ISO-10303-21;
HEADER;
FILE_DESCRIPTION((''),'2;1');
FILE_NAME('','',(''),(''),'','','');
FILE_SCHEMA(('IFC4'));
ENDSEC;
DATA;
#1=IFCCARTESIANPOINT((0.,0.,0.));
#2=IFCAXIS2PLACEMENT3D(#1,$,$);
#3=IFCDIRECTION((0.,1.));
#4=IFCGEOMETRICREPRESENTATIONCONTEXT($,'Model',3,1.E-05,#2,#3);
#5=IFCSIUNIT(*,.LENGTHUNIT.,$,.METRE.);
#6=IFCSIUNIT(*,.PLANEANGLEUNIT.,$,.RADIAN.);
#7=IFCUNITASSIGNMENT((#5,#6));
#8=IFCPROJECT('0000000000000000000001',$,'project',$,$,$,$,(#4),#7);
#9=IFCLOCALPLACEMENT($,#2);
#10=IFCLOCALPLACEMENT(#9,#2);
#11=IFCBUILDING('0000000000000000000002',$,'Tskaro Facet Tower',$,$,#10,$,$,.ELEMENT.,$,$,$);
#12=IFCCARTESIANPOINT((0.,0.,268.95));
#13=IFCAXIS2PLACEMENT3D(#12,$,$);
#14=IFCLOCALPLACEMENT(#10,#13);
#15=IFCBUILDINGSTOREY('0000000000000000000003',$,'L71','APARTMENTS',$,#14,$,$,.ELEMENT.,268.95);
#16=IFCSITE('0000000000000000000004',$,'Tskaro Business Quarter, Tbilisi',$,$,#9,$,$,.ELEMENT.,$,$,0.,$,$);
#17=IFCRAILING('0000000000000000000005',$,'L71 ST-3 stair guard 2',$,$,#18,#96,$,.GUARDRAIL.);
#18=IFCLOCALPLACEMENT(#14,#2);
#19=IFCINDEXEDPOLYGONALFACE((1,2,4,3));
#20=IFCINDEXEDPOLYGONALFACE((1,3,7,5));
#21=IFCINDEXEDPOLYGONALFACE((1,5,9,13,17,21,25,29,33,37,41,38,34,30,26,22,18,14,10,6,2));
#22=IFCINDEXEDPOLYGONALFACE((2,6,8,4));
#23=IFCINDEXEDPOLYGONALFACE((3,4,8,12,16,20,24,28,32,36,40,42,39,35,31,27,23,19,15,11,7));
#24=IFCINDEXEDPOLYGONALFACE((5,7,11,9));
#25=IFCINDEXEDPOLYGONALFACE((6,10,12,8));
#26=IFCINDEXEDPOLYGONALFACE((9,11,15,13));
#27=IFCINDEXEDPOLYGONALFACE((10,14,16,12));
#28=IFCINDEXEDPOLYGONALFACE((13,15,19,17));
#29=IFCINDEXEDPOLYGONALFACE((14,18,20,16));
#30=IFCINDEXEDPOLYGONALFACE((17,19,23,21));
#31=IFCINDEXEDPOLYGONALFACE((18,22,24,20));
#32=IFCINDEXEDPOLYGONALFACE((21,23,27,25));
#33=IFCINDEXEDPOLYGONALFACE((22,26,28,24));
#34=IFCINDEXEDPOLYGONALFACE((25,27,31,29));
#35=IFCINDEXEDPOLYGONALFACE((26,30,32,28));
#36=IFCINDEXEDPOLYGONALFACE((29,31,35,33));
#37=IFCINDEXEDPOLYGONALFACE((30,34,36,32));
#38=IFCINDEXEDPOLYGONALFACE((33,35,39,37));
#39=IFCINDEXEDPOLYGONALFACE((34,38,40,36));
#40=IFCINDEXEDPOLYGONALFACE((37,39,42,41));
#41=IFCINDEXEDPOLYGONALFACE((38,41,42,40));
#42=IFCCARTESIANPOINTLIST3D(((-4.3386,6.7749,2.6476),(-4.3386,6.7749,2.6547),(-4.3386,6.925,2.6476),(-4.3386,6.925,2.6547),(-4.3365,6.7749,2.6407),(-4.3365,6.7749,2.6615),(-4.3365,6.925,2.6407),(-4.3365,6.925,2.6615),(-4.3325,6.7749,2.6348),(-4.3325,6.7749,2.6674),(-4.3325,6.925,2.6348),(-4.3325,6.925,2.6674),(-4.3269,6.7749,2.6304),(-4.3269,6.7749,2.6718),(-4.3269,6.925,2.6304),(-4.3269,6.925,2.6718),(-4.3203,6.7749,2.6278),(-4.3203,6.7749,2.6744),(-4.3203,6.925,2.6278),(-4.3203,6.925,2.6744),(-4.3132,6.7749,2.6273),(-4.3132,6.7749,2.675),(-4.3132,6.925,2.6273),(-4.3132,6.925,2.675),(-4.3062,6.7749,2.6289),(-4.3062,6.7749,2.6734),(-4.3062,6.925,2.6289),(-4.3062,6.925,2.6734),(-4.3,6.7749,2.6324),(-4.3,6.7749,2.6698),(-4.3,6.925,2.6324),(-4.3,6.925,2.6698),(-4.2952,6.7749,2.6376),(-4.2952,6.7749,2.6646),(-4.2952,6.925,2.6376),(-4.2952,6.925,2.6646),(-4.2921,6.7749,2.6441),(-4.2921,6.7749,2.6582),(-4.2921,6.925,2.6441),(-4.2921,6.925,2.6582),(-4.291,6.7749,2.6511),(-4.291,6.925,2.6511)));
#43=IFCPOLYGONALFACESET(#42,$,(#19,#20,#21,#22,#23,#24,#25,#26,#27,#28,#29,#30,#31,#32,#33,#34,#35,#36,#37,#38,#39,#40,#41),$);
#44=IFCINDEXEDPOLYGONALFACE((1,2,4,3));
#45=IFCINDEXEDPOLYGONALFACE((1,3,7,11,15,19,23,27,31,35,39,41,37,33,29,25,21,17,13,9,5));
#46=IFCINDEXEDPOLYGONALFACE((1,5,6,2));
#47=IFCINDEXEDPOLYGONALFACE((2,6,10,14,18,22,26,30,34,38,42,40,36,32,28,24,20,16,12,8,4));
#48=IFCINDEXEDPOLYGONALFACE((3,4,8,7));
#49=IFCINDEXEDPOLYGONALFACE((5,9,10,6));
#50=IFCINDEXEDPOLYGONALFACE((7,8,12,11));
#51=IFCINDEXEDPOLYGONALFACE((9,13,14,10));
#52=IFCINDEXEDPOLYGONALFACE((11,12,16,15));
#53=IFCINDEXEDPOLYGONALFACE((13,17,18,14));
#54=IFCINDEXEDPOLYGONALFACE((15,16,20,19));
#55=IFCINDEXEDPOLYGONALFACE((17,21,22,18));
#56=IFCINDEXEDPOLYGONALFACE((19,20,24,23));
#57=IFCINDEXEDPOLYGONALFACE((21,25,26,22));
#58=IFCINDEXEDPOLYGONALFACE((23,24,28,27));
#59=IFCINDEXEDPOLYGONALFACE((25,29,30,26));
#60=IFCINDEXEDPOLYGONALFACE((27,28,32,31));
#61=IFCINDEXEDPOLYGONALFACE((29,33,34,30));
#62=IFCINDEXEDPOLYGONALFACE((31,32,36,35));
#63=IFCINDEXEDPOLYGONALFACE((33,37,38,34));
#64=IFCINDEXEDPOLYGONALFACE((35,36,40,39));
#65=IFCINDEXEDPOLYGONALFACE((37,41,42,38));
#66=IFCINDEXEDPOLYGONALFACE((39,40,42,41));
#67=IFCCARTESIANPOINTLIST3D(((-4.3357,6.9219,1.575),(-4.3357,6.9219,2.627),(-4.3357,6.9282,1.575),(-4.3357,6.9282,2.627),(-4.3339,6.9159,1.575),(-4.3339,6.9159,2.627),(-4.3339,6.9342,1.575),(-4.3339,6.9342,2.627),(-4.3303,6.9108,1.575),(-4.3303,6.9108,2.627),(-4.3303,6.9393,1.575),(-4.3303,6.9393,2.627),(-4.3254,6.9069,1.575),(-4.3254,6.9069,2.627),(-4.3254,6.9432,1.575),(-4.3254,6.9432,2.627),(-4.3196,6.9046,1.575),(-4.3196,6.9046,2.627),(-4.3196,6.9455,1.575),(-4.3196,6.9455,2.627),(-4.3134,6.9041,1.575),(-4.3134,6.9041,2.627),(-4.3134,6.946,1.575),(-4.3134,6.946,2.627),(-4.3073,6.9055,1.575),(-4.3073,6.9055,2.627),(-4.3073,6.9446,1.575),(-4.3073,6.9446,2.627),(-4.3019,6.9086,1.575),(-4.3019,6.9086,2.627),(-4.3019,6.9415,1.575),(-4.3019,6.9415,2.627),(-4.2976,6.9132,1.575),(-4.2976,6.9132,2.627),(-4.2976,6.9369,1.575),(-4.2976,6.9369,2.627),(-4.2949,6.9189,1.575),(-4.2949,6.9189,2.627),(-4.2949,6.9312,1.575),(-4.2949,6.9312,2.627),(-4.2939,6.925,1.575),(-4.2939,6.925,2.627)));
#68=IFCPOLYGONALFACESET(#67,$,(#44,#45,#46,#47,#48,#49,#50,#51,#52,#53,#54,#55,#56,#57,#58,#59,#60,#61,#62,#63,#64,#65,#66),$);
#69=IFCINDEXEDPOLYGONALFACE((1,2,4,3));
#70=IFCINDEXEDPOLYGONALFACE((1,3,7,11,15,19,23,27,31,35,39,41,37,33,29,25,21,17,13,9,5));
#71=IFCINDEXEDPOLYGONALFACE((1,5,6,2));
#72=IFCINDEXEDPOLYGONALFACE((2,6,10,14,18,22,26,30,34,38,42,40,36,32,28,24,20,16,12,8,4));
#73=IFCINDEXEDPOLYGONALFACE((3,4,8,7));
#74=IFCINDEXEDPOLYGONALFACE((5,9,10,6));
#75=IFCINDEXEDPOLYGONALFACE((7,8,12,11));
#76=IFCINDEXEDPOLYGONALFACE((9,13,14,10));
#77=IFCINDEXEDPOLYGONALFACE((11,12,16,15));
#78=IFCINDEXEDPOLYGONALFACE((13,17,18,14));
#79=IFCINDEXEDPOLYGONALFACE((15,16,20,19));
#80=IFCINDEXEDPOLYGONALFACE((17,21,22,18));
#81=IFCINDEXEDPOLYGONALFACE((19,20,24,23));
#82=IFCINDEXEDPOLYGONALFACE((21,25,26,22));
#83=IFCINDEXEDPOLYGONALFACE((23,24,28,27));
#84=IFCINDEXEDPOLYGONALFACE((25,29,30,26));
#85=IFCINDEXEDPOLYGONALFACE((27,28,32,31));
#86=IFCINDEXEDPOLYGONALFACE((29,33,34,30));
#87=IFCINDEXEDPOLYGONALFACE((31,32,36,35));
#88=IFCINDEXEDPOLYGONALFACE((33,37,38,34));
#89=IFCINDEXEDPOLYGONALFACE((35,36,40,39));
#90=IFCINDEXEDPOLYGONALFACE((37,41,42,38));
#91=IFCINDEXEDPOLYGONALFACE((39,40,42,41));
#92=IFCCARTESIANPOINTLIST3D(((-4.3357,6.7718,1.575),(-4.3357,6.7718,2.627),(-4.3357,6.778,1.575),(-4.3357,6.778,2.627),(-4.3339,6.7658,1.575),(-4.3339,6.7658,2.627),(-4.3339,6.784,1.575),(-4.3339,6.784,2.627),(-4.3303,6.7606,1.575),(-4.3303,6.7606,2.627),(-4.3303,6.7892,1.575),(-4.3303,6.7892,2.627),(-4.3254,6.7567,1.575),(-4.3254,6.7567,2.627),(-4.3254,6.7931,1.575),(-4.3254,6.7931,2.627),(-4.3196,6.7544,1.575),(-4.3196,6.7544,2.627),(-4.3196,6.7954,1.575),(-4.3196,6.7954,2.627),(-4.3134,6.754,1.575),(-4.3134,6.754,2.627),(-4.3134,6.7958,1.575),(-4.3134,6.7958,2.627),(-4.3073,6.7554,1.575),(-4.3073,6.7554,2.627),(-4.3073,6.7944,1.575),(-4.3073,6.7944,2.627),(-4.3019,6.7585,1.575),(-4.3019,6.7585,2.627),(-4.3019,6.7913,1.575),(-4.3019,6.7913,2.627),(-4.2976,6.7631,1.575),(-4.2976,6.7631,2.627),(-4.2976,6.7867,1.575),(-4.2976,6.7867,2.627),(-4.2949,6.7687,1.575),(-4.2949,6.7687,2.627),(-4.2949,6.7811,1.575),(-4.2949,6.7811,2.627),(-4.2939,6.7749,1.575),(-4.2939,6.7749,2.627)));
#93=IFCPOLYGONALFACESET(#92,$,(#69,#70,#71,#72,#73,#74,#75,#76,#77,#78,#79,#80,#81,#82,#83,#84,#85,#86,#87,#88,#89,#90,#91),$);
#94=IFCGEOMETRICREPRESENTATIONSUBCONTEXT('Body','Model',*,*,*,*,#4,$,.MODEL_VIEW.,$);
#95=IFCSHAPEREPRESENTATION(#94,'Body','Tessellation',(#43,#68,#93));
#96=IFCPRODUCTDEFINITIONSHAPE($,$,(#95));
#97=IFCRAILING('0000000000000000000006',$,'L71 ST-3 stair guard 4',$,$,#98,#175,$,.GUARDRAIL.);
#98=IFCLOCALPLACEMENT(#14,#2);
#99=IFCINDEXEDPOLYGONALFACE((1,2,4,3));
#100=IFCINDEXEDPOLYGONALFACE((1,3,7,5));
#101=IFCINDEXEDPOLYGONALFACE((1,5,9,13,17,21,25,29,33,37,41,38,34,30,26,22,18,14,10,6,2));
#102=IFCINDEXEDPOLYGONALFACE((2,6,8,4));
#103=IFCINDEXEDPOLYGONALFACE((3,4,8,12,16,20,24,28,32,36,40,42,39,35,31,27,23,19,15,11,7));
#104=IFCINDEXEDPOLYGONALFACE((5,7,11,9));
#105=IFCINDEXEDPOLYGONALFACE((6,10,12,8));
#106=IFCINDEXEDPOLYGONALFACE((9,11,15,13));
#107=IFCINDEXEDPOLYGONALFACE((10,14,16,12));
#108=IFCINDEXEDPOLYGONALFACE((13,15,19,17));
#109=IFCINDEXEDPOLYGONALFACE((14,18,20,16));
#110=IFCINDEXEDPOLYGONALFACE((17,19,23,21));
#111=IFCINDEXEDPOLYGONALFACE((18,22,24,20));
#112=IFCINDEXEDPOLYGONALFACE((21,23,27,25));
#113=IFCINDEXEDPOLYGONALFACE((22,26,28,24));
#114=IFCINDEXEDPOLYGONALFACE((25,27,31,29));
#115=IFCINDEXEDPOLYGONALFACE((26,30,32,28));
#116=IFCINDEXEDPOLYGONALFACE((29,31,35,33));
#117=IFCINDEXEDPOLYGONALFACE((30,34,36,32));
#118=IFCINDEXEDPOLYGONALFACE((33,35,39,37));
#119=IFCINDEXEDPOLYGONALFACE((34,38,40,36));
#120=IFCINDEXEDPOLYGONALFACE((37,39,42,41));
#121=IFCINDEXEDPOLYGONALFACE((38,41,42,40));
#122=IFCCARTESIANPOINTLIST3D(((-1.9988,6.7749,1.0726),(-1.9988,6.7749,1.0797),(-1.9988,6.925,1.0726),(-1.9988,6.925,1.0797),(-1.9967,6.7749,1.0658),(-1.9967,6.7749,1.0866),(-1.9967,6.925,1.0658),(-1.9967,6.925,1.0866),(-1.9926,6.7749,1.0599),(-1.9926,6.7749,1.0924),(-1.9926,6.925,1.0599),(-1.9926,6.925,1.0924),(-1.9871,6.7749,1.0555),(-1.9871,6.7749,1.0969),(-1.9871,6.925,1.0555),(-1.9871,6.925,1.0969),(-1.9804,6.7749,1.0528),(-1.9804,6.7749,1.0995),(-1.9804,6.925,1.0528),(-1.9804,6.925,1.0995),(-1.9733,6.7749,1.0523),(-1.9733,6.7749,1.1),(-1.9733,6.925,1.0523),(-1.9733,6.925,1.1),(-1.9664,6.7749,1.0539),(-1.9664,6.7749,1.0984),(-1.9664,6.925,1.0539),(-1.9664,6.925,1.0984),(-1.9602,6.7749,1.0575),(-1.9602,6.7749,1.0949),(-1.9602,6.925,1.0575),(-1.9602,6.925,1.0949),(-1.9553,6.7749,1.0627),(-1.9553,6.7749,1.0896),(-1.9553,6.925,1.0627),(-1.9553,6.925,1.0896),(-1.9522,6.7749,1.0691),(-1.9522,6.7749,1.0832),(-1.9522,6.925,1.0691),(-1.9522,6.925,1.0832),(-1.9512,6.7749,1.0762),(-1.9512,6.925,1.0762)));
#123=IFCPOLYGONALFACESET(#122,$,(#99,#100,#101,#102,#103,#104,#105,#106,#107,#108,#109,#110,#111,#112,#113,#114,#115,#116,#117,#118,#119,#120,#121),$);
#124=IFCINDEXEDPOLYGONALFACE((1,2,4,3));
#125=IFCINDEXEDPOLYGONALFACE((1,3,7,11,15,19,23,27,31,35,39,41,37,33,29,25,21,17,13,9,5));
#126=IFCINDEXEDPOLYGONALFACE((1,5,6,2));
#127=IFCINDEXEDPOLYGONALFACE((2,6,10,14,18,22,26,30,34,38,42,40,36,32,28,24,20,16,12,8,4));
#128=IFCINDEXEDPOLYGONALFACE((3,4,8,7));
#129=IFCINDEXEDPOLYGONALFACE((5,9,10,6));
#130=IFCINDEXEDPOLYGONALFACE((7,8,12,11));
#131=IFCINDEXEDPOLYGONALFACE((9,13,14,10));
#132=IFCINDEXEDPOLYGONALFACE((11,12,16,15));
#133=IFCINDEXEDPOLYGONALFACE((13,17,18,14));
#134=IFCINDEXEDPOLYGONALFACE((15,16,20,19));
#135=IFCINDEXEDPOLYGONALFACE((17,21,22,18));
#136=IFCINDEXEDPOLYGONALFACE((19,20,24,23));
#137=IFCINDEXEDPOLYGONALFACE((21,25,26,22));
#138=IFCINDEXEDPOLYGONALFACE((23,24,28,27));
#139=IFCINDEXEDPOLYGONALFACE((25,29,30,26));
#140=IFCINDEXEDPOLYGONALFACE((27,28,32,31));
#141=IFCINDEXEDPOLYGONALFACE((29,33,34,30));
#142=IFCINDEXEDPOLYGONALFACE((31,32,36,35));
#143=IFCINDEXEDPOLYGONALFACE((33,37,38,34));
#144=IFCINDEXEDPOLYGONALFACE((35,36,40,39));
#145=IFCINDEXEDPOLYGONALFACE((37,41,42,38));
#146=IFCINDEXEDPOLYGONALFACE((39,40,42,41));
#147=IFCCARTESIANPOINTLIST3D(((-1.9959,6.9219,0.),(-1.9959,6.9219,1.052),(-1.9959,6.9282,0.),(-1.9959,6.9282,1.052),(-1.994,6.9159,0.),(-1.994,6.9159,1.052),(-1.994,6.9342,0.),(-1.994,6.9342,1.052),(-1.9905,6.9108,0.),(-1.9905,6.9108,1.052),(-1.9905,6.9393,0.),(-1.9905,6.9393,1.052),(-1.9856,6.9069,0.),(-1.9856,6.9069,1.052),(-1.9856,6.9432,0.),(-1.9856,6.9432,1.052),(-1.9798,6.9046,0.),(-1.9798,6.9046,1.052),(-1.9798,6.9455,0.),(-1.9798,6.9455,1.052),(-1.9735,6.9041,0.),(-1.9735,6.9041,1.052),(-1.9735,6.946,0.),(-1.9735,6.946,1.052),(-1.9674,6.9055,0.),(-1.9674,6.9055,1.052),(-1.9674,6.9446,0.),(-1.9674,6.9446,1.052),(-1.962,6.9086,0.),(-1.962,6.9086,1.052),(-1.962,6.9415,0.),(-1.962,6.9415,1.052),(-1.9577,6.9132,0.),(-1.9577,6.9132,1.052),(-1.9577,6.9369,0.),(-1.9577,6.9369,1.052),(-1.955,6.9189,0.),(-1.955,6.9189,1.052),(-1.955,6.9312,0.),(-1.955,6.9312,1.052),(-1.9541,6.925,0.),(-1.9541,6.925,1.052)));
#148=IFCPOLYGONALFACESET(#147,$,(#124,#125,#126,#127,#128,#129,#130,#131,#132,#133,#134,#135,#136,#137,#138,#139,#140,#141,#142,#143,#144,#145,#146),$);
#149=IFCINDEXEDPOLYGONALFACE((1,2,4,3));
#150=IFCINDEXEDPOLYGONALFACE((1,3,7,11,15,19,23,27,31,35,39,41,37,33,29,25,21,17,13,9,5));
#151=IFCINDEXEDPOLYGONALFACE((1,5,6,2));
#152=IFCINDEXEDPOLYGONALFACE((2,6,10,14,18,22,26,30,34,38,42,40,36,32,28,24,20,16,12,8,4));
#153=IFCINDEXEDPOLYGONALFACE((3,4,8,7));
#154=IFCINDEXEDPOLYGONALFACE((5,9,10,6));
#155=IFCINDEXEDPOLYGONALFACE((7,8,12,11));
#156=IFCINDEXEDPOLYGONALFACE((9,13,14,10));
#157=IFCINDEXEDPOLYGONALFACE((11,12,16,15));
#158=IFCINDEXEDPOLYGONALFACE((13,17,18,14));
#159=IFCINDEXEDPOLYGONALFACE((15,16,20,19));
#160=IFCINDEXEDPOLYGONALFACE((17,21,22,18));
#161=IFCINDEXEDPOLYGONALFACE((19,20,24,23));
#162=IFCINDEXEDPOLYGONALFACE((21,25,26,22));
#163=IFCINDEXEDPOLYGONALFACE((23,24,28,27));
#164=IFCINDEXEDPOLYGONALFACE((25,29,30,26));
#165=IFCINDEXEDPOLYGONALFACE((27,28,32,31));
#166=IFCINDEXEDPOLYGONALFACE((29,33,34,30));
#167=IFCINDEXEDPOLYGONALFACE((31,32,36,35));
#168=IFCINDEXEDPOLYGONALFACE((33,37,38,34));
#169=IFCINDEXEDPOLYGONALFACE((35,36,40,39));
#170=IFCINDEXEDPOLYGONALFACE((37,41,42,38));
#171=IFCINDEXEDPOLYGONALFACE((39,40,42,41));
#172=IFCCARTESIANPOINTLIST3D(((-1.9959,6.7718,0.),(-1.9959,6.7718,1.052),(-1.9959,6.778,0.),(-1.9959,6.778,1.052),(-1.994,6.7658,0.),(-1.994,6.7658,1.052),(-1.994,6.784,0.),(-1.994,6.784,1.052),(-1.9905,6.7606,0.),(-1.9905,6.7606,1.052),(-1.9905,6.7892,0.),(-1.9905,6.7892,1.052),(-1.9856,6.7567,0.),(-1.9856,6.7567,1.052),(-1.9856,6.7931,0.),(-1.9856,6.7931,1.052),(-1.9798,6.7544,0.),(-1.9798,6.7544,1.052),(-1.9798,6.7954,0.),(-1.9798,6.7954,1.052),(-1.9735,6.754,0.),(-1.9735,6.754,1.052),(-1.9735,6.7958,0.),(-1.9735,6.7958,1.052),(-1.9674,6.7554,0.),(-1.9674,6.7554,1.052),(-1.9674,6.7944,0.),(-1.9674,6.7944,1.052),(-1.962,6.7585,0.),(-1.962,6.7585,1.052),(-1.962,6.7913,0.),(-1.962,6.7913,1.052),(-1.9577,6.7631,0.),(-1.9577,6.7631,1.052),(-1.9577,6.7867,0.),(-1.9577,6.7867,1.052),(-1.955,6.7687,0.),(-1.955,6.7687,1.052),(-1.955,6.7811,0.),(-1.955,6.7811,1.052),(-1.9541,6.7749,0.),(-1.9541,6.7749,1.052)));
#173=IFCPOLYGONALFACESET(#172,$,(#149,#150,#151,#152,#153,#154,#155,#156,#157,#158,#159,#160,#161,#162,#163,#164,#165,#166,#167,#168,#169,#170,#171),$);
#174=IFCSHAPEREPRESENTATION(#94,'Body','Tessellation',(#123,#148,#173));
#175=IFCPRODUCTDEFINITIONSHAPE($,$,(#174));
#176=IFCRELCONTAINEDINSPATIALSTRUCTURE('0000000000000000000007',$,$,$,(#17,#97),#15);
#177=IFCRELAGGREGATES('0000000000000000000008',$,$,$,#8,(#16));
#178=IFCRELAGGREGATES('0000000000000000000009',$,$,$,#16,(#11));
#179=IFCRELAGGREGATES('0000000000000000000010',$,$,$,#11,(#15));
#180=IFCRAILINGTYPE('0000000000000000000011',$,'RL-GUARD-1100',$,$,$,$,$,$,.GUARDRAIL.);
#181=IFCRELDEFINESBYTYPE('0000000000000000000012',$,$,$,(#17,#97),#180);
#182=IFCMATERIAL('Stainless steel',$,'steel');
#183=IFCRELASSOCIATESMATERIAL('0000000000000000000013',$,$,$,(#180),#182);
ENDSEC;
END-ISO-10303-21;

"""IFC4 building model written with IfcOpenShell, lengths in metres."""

from ifc_helpers import new_model, si_unit, direction, frame, origin, origin_2d, place, context, subcontext, project, spatial, circle, extrude, material, type_object, element, save


model = new_model("IFC4")

# Units and contexts
model_context = context("Model", 3, precision=1e-05, world=origin(), true_north=direction((0.0, 1.0)))
body_context = subcontext(model_context, "Body", "Model", "MODEL_VIEW")
ifc_project = project(units=[si_unit("LENGTHUNIT", "METRE"), si_unit("PLANEANGLEUNIT", "RADIAN")], contexts=[model_context])

# Site, building, storey
site_placement = place(None, origin())
site = spatial("IfcSite", under=ifc_project, at=site_placement, Name="Tskaro Business Quarter, Tbilisi", CompositionType="ELEMENT", RefElevation=0.0)
building_placement = place(site_placement, origin())
building = spatial("IfcBuilding", under=site, at=building_placement, Name="Tskaro Facet Tower", CompositionType="ELEMENT")
storey_placement = place(building_placement, frame((0.0, 0.0, 268.95)))
storey = spatial("IfcBuildingStorey", under=building, at=storey_placement, Name="L71", Description="APARTMENTS", CompositionType="ELEMENT", Elevation=268.95)

# Railings
ifc_material_1 = material(Name="Stainless steel", Category="steel")
railing_type_1 = type_object("IfcRailingType", Name="RL-GUARD-1100", PredefinedType="GUARDRAIL", material=ifc_material_1)
for number, where, name in (
    (1, (-4.3149, 6.925, 1.575), "L71 ST-3 stair guard 2"),
    (2, (-1.9751, 6.925, 0.0), "L71 ST-3 stair guard 4"),
):
    element("IfcRailing", number, at=place(storey_placement, frame(where)), inside=storey, type_object=railing_type_1, Name=name, PredefinedType="GUARDRAIL", context=body_context, shape_type="SweptSolid", body=[
        extrude(circle(Radius=0.0239, at=origin_2d()), frame((0.0, 0.0, 1.0762), z_axis=(0.0, -1.0, 0.0), x_axis=(1.0, 0.0, 0.0)), (0.0, 0.0, 1.0), 0.1501),
        extrude(circle(Radius=0.021, at=origin_2d()), origin(), (0.0, 0.0, 1.0), 1.052),
        extrude(circle(Radius=0.021, at=origin_2d()), frame((0.0, -0.1501, 0.0)), (0.0, 0.0, 1.0), 1.052),
    ])

save(model, "model.ifc")
